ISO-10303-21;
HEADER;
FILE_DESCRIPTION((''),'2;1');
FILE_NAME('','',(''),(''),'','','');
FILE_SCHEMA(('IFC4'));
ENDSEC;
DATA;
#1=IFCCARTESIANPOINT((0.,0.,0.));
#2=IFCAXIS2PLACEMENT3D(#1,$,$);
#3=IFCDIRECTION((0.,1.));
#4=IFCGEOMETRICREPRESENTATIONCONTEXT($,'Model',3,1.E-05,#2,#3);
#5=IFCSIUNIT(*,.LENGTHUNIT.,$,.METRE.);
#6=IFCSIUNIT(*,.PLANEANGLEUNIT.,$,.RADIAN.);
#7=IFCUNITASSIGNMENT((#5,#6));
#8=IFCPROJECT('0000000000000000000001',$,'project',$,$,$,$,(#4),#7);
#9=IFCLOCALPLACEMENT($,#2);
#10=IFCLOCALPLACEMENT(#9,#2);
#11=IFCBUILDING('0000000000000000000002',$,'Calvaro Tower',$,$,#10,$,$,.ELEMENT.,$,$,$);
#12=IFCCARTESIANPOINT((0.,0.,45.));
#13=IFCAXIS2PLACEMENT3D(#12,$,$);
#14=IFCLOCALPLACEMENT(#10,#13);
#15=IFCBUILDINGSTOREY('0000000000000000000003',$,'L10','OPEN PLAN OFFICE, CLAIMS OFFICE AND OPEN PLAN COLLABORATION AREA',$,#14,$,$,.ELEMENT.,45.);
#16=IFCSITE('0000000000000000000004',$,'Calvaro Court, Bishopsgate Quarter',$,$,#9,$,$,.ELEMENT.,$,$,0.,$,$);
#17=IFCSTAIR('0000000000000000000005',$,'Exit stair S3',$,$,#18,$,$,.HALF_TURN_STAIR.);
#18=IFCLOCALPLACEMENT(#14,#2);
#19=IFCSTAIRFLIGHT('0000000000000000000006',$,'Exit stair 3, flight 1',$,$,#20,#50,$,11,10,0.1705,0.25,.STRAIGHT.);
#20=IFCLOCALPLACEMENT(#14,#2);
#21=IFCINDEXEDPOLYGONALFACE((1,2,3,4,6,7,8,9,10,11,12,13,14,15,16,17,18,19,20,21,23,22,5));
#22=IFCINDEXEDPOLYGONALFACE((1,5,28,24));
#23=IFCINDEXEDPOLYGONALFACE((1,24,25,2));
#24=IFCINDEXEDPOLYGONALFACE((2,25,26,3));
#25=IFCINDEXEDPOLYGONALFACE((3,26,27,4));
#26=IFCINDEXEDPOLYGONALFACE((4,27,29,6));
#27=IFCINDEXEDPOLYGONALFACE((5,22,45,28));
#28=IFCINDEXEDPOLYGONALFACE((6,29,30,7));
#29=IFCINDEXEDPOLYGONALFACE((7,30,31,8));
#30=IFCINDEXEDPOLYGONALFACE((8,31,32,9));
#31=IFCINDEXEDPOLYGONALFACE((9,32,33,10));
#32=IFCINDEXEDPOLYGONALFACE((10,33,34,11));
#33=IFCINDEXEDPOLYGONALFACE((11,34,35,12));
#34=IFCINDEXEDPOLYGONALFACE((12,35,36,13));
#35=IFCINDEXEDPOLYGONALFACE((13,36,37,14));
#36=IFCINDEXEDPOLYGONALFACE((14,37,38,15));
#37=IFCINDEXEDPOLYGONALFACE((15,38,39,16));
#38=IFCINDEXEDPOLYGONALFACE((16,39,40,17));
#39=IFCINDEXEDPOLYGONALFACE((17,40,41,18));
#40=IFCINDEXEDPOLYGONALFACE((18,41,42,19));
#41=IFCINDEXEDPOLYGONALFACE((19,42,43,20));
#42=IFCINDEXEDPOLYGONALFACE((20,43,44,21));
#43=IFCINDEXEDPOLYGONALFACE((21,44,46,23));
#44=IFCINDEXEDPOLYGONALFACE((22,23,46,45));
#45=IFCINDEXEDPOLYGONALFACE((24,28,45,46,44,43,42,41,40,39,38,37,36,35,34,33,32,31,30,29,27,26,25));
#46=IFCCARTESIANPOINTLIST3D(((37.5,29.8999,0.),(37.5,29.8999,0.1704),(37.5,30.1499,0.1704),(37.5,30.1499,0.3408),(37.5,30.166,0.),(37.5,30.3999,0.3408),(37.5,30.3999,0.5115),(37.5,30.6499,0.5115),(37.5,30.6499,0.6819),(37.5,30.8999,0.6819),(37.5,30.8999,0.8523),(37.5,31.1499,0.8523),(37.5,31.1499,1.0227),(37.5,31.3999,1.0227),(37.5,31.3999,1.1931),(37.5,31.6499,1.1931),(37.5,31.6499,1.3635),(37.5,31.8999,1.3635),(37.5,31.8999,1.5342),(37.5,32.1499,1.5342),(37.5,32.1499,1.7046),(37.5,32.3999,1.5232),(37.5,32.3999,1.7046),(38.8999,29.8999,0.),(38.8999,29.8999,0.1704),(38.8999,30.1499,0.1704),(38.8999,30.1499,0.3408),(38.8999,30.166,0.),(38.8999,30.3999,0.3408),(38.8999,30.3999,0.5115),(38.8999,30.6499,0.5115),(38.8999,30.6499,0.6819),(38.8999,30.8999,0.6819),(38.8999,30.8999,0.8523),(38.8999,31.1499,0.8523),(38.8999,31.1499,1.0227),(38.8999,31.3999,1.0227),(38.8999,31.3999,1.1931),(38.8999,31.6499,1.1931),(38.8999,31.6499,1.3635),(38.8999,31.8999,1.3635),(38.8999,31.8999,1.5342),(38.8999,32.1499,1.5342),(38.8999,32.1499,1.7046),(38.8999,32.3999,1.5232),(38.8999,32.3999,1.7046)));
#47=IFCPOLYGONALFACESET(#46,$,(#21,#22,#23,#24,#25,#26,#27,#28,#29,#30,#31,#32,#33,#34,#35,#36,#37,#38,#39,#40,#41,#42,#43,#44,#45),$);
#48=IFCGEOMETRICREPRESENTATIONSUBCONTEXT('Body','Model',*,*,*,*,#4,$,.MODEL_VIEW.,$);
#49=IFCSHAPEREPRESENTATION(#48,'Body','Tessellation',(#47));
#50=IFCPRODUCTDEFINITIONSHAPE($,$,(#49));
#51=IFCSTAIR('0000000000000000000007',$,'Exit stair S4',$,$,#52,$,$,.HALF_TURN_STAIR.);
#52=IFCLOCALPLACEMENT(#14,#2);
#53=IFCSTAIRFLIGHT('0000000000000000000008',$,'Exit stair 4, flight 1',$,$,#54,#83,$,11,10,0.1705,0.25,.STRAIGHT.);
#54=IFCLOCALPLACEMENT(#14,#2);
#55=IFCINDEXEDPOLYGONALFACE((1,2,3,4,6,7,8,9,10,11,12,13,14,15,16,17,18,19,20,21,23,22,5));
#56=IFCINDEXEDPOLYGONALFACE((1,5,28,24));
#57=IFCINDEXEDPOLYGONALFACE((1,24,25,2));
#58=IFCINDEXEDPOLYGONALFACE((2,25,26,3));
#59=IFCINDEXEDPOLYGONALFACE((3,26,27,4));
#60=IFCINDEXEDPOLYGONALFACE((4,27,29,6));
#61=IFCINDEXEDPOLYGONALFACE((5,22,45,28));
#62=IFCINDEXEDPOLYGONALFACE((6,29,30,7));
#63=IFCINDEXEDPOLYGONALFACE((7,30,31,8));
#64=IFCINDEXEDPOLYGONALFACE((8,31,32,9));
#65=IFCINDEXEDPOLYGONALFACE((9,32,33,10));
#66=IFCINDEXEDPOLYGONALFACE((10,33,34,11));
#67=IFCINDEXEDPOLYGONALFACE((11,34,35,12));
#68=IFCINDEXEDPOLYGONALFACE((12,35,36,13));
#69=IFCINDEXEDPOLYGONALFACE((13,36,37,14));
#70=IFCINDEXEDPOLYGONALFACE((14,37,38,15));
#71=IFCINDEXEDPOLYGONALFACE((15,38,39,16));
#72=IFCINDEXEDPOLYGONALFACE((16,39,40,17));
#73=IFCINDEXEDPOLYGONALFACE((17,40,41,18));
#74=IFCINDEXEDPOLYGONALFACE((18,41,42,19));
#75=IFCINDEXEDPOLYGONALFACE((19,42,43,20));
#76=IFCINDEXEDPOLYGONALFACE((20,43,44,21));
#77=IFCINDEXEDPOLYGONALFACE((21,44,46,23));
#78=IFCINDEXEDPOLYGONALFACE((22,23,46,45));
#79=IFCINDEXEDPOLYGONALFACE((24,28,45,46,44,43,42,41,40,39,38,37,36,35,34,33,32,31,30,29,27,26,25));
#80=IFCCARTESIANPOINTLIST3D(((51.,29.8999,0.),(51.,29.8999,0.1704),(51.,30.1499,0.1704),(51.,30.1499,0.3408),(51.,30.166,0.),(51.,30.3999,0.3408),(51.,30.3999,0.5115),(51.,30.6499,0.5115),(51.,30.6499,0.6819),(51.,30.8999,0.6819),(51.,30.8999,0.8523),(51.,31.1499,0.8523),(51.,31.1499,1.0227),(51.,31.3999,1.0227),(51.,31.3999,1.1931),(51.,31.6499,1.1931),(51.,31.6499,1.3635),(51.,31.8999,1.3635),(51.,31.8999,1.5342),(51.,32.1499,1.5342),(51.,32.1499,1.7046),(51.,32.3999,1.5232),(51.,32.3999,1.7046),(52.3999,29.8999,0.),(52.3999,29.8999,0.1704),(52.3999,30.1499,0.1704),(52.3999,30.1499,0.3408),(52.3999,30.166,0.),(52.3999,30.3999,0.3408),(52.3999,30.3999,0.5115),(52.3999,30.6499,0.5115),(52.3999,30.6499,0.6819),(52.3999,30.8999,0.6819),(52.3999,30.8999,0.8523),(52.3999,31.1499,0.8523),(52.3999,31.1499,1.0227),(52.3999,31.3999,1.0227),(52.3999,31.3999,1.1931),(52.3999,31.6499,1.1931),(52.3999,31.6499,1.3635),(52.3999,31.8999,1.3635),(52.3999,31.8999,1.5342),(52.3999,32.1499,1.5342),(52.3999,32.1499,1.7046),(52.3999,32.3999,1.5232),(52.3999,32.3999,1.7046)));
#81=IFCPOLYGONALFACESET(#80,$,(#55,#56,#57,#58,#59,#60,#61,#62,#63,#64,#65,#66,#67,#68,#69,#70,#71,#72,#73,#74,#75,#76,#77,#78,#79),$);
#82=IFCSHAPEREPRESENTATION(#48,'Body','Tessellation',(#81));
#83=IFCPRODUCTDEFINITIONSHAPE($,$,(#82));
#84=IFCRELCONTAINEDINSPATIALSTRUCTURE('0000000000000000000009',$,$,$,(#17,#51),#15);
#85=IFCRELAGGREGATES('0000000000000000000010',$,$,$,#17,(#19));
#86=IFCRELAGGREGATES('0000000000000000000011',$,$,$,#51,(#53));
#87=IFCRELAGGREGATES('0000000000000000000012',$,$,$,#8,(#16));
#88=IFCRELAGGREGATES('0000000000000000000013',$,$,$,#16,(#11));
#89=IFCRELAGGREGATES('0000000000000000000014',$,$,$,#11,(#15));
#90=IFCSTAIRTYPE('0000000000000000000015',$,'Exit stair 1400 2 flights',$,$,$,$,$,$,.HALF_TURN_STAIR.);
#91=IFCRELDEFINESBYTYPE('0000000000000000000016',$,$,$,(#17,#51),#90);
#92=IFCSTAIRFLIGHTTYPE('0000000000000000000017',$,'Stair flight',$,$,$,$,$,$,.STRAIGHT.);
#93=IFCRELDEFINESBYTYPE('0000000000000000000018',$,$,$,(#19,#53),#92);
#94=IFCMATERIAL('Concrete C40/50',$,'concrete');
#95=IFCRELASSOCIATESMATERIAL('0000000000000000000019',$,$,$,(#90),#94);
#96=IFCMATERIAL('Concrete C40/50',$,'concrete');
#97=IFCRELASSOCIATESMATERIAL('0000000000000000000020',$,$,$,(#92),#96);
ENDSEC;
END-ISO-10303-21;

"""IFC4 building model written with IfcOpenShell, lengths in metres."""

from ifc_helpers import new_model, si_unit, direction, frame, origin, place, context, subcontext, project, spatial, polyline, outline, extrude, material, type_object, element, aggregate, save


model = new_model("IFC4")

# Units and contexts
model_context = context("Model", 3, precision=1e-05, world=origin(), true_north=direction((0.0, 1.0)))
body_context = subcontext(model_context, "Body", "Model", "MODEL_VIEW")
ifc_project = project(units=[si_unit("LENGTHUNIT", "METRE"), si_unit("PLANEANGLEUNIT", "RADIAN")], contexts=[model_context])

# Site, building, storey
site_placement = place(None, origin())
site = spatial("IfcSite", under=ifc_project, at=site_placement, Name="Calvaro Court, Bishopsgate Quarter", CompositionType="ELEMENT", RefElevation=0.0)
building_placement = place(site_placement, origin())
building = spatial("IfcBuilding", under=site, at=building_placement, Name="Calvaro Tower", CompositionType="ELEMENT")
storey_placement = place(building_placement, frame((0.0, 0.0, 45.0)))
storey = spatial("IfcBuildingStorey", under=building, at=storey_placement, Name="L10", Description="OPEN PLAN OFFICE, CLAIMS OFFICE AND OPEN PLAN COLLABORATION AREA", CompositionType="ELEMENT", Elevation=45.0)

# Stairs, stair flights
ifc_material_1 = material(Name="Concrete C40/50", Category="concrete")
stair_type = type_object("IfcStairType", Name="Exit stair 1400 2 flights", PredefinedType="HALF_TURN_STAIR", material=ifc_material_1)
stair_1_placement = place(storey_placement, origin())
stair_1 = element("IfcStair", 1, at=stair_1_placement, inside=storey, type_object=stair_type, Name="Exit stair S3", PredefinedType="HALF_TURN_STAIR")
ifc_material_2 = material(Name="Concrete C40/50", Category="concrete")
stair_flight_type = type_object("IfcStairFlightType", Name="Stair flight", PredefinedType="STRAIGHT", material=ifc_material_2)
stair_flight_1_placement = place(storey_placement, frame((38.2, 29.8999, 0.0), z_axis=(0.0, 0.0, 1.0), x_axis=(0.0, 1.0, 0.0)))
stair_flight_1 = element("IfcStairFlight", 2, at=stair_flight_1_placement, type_object=stair_flight_type, Name="Exit stair 3, flight 1", NumberOfRisers=11, NumberOfTreads=10, PredefinedType="STRAIGHT", RiserHeight=0.1705, TreadLength=0.25, context=body_context, shape_type="SweptSolid", body=[
    extrude(outline(polyline([(0.0, 0.0), (0.0, 0.1704), (0.25, 0.1704), (0.25, 0.3408), (0.5, 0.3408), (0.5, 0.5115), (0.75, 0.5115), (0.75, 0.6819), (1.0, 0.6819), (1.0, 0.8523), (1.25, 0.8523), (1.25, 1.0227), (1.5, 1.0227), (1.5, 1.1931), (1.75, 1.1931), (1.75, 1.3635), (2.0, 1.3635), (2.0, 1.5342), (2.25, 1.5342), (2.25, 1.7046), (2.5, 1.7046), (2.5, 1.875), (2.5, 1.5232), (0.2661, 0.0), (0.0, 0.0)])), frame((0.0, 0.7, 0.0), z_axis=(0.0, -1.0, 0.0), x_axis=(1.0, 0.0, 0.0)), (0.0, 0.0, 1.0), 1.3999),
])
stair_2_placement = place(storey_placement, origin())
stair_2 = element("IfcStair", 3, at=stair_2_placement, inside=storey, type_object=stair_type, Name="Exit stair S4", PredefinedType="HALF_TURN_STAIR")
stair_flight_2_placement = place(storey_placement, frame((51.7, 29.8999, 0.0), z_axis=(0.0, 0.0, 1.0), x_axis=(0.0, 1.0, 0.0)))
stair_flight_2 = element("IfcStairFlight", 4, at=stair_flight_2_placement, type_object=stair_flight_type, Name="Exit stair 4, flight 1", NumberOfRisers=11, NumberOfTreads=10, PredefinedType="STRAIGHT", RiserHeight=0.1705, TreadLength=0.25, context=body_context, shape_type="SweptSolid", body=[
    extrude(outline(polyline([(0.0, 0.0), (0.0, 0.1704), (0.25, 0.1704), (0.25, 0.3408), (0.5, 0.3408), (0.5, 0.5115), (0.75, 0.5115), (0.75, 0.6819), (1.0, 0.6819), (1.0, 0.8523), (1.25, 0.8523), (1.25, 1.0227), (1.5, 1.0227), (1.5, 1.1931), (1.75, 1.1931), (1.75, 1.3635), (2.0, 1.3635), (2.0, 1.5342), (2.25, 1.5342), (2.25, 1.7046), (2.5, 1.7046), (2.5, 1.875), (2.5, 1.5232), (0.2661, 0.0), (0.0, 0.0)])), frame((0.0, 0.7, 0.0), z_axis=(0.0, -1.0, 0.0), x_axis=(1.0, 0.0, 0.0)), (0.0, 0.0, 1.0), 1.3999),
])

aggregate(stair_1, [stair_flight_1])
aggregate(stair_2, [stair_flight_2])

save(model, "model.ifc")
